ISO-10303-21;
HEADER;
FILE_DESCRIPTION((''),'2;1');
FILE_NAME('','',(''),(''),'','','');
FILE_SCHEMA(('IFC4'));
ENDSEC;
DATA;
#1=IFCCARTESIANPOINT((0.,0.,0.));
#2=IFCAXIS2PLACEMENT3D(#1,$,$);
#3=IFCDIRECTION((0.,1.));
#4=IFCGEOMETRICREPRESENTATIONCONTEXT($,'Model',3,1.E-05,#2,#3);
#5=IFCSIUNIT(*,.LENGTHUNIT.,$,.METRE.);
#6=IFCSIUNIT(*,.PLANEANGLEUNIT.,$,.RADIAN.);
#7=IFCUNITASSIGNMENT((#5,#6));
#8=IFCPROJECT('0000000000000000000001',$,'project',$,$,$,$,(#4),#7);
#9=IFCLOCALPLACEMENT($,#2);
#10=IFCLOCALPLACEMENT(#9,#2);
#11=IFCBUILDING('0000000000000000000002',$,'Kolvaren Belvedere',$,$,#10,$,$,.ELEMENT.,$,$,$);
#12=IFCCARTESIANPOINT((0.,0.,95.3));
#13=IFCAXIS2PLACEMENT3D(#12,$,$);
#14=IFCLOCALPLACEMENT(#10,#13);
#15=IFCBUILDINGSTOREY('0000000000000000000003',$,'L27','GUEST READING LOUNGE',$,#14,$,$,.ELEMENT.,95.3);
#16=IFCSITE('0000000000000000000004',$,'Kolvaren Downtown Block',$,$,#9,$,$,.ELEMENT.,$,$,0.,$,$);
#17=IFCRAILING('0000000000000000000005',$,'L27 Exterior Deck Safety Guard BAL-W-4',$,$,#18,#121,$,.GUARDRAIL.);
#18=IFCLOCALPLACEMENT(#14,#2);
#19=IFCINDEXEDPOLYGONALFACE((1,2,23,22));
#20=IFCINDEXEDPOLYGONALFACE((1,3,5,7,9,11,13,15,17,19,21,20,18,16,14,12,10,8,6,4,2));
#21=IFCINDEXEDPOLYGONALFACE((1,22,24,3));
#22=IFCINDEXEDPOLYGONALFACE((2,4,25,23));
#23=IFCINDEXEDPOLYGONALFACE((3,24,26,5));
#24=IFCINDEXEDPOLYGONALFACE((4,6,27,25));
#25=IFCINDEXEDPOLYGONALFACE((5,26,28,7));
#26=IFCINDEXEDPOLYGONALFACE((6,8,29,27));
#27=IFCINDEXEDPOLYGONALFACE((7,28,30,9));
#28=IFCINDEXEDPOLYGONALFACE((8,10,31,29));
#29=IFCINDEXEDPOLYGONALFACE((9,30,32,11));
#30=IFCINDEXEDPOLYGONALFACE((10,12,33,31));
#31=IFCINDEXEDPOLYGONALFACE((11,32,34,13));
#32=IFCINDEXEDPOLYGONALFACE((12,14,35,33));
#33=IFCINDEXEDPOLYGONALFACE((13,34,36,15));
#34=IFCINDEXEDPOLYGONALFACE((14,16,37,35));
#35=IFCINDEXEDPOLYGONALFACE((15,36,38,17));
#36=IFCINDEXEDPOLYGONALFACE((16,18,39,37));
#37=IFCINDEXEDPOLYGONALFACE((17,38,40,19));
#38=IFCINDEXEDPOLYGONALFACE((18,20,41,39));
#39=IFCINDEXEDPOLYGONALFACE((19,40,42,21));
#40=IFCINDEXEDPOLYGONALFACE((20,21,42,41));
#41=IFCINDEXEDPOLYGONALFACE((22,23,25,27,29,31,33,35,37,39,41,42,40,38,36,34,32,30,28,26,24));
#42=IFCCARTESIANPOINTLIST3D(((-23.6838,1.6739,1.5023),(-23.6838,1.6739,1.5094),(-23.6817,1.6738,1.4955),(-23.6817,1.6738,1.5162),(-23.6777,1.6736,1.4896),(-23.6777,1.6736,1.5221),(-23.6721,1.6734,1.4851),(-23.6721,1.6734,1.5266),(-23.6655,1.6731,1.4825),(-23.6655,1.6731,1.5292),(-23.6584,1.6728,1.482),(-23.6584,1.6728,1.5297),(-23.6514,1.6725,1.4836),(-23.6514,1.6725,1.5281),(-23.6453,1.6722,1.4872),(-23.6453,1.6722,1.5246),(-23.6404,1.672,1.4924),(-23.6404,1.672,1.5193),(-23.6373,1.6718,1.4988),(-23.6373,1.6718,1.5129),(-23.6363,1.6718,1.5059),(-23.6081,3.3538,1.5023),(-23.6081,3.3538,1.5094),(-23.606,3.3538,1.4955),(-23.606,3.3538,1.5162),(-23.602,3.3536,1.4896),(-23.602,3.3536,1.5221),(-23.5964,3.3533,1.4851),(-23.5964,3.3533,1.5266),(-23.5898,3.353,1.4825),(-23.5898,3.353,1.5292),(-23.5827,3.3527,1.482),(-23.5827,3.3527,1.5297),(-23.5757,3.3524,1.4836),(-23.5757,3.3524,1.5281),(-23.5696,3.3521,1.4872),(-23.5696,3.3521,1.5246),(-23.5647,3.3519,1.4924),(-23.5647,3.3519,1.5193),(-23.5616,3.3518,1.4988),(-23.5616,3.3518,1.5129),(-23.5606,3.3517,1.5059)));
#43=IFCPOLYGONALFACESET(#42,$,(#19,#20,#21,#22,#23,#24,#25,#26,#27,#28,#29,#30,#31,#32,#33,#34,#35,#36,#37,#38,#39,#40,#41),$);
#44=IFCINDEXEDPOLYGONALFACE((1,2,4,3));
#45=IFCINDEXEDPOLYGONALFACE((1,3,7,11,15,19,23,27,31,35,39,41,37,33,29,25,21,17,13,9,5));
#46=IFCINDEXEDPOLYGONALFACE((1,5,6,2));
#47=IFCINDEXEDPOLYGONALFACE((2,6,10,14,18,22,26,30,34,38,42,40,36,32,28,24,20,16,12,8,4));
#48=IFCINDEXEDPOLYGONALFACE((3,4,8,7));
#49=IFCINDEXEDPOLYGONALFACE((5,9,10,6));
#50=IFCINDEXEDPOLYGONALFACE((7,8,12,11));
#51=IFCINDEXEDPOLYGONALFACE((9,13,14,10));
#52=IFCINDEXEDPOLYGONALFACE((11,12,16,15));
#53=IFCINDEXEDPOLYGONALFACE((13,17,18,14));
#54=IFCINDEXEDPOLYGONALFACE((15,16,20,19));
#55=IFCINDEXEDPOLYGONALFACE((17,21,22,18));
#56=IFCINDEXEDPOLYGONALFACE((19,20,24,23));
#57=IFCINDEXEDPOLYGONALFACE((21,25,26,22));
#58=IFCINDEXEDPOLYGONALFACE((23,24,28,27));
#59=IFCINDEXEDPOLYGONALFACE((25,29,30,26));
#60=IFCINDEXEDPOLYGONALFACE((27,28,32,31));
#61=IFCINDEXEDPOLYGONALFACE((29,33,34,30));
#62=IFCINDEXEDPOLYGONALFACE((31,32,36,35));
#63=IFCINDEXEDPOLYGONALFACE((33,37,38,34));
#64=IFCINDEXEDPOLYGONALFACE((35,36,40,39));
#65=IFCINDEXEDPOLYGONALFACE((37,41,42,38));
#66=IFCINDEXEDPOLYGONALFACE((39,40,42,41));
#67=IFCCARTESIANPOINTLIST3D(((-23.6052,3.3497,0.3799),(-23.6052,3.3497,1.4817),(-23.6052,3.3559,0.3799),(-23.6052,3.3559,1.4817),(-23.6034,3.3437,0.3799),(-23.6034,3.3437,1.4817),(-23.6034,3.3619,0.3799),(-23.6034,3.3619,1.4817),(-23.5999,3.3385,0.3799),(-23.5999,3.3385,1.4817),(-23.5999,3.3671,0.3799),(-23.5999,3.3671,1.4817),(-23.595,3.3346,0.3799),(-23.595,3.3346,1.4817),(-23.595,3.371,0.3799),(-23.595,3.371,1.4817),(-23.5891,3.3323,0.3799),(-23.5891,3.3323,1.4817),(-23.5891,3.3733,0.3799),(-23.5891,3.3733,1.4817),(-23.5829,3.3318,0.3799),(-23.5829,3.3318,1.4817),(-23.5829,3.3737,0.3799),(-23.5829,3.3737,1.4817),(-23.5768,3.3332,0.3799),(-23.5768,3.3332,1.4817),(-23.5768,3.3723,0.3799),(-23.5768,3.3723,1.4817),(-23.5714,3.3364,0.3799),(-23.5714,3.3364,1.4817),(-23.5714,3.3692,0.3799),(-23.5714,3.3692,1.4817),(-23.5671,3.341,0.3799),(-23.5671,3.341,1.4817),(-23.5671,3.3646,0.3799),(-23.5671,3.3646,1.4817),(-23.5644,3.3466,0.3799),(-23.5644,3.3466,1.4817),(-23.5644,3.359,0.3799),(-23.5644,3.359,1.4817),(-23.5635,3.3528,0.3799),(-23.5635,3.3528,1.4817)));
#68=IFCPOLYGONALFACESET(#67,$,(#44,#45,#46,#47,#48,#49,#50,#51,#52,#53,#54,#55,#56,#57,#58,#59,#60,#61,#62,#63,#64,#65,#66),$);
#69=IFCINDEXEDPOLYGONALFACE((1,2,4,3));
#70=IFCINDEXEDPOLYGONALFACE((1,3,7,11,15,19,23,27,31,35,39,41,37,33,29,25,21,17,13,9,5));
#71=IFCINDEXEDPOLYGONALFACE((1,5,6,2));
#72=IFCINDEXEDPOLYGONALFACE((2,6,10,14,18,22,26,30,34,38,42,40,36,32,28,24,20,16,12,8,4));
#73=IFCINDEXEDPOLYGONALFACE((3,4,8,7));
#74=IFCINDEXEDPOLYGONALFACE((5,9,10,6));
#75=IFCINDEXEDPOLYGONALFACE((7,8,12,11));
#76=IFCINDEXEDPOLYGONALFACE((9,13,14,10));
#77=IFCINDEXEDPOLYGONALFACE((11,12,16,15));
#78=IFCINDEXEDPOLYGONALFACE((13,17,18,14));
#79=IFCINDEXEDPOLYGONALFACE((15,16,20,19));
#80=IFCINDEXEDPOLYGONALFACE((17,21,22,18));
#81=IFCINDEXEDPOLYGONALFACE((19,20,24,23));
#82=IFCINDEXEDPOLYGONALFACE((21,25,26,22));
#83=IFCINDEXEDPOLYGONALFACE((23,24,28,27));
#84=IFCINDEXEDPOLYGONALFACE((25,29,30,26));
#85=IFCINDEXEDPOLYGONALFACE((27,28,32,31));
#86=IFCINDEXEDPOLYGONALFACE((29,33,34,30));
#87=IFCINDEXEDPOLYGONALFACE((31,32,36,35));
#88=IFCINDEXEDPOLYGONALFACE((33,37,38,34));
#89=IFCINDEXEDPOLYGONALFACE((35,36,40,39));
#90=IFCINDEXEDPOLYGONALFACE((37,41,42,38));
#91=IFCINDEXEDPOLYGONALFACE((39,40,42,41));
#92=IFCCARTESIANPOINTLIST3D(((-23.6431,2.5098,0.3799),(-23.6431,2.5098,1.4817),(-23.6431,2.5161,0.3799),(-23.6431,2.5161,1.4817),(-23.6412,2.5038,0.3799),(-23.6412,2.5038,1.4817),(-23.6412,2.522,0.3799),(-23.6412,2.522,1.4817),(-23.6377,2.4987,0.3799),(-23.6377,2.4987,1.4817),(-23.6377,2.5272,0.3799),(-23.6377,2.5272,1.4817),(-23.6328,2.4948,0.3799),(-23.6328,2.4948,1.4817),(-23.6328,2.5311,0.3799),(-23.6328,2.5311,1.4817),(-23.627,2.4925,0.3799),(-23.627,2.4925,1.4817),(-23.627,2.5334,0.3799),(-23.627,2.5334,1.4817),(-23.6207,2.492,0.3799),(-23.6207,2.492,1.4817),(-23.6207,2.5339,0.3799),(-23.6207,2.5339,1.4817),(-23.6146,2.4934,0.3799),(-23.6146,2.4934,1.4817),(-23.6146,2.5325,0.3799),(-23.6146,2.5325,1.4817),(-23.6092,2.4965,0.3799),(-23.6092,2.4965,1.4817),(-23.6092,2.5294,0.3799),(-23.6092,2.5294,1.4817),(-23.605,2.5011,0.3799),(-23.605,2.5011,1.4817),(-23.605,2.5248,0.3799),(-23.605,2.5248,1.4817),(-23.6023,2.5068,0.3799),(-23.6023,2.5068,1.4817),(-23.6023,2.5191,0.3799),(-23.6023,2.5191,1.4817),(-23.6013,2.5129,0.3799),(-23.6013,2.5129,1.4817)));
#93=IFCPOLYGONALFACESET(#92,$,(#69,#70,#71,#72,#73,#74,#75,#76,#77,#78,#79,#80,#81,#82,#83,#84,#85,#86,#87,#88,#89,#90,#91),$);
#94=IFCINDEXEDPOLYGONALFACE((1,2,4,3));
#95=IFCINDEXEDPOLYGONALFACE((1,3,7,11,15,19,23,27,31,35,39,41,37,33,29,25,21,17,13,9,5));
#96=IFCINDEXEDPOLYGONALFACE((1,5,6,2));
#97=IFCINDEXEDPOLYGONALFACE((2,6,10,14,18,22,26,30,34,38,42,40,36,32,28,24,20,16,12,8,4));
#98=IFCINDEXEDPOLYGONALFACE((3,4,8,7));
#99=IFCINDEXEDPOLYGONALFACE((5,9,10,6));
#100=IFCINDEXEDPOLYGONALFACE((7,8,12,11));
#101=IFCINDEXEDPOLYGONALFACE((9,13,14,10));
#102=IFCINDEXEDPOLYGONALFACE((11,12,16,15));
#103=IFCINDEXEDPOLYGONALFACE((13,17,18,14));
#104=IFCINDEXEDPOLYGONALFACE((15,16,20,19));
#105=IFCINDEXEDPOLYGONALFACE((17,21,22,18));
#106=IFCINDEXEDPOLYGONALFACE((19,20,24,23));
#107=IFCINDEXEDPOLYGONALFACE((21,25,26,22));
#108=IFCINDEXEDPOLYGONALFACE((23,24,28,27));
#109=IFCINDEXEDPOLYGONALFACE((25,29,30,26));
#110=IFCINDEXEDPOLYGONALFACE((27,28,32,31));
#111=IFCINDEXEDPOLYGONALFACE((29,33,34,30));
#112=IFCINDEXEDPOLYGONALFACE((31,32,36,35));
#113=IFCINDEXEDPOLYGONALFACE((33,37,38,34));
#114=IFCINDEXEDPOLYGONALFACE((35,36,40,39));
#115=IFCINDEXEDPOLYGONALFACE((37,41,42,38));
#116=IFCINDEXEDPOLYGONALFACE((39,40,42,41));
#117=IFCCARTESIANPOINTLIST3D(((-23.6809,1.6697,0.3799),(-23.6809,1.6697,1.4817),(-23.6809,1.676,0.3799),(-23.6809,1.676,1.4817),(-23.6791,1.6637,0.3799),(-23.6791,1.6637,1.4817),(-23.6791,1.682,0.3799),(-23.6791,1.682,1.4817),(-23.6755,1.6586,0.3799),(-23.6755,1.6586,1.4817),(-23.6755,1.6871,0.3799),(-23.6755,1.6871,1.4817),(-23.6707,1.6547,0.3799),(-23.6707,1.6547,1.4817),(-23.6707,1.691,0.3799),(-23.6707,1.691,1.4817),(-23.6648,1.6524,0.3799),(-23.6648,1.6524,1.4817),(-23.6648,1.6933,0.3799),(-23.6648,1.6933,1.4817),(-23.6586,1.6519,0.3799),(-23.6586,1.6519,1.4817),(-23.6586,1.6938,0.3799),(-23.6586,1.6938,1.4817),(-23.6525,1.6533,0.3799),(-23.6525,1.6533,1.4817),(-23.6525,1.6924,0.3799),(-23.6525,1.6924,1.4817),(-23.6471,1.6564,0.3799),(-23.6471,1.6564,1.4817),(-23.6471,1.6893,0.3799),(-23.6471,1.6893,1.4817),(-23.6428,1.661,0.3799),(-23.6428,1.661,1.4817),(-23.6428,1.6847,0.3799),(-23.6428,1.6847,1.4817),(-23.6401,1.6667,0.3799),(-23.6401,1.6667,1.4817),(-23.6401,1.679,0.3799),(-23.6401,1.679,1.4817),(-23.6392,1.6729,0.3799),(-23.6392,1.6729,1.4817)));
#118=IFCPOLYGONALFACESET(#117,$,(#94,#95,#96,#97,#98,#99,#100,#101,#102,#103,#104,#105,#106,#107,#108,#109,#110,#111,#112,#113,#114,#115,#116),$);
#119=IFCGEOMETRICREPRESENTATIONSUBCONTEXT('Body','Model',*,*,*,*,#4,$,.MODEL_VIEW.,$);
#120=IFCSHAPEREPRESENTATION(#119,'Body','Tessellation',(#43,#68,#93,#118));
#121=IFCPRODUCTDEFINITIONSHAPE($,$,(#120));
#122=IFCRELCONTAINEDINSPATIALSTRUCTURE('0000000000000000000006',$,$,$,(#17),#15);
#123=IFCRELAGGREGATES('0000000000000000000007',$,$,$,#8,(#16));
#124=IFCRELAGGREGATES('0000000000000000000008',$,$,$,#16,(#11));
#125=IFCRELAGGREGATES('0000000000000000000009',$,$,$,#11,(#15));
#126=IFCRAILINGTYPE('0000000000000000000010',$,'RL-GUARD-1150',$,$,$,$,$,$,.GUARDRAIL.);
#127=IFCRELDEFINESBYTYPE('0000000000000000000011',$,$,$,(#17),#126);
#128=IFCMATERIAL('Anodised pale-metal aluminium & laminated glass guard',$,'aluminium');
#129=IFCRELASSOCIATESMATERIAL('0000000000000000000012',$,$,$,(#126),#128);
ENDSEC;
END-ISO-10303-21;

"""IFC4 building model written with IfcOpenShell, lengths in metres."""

from ifc_helpers import new_model, si_unit, direction, frame, origin, origin_2d, place, context, subcontext, project, spatial, circle, extrude, material, type_object, element, save


model = new_model("IFC4")

# Units and contexts
model_context = context("Model", 3, precision=1e-05, world=origin(), true_north=direction((0.0, 1.0)))
body_context = subcontext(model_context, "Body", "Model", "MODEL_VIEW")
ifc_project = project(units=[si_unit("LENGTHUNIT", "METRE"), si_unit("PLANEANGLEUNIT", "RADIAN")], contexts=[model_context])

# Site, building, storey
site_placement = place(None, origin())
site = spatial("IfcSite", under=ifc_project, at=site_placement, Name="Kolvaren Downtown Block", CompositionType="ELEMENT", RefElevation=0.0)
building_placement = place(site_placement, origin())
building = spatial("IfcBuilding", under=site, at=building_placement, Name="Kolvaren Belvedere", CompositionType="ELEMENT")
storey_placement = place(building_placement, frame((0.0, 0.0, 95.3)))
storey = spatial("IfcBuildingStorey", under=building, at=storey_placement, Name="L27", Description="GUEST READING LOUNGE", CompositionType="ELEMENT", Elevation=95.3)

# Railing
ifc_material_1 = material(Name="Anodised pale-metal aluminium & laminated glass guard", Category="aluminium")
railing_type = type_object("IfcRailingType", Name="RL-GUARD-1150", PredefinedType="GUARDRAIL", material=ifc_material_1)
railing_1_placement = place(storey_placement, frame((-23.5845, 3.3528, 0.3799)))
element("IfcRailing", 1, at=railing_1_placement, inside=storey, type_object=railing_type, Name="L27 Exterior Deck Safety Guard BAL-W-4", PredefinedType="GUARDRAIL", context=body_context, shape_type="SweptSolid", body=[
    extrude(circle(Radius=0.0239, at=origin_2d()), frame((0.0, 0.0, 1.126), z_axis=(-0.045006, -0.998987, 0.0), x_axis=(0.998987, -0.045006, 0.0)), (0.0, 0.0, 1.0), 1.6816),
    extrude(circle(Radius=0.021, at=origin_2d()), origin(), (0.0, 0.0, 1.0), 1.1018),
    extrude(circle(Radius=0.021, at=origin_2d()), frame((-0.0378, -0.8398, 0.0)), (0.0, 0.0, 1.0), 1.1018),
    extrude(circle(Radius=0.021, at=origin_2d()), frame((-0.0757, -1.6799, 0.0)), (0.0, 0.0, 1.0), 1.1018),
])

save(model, "model.ifc")
